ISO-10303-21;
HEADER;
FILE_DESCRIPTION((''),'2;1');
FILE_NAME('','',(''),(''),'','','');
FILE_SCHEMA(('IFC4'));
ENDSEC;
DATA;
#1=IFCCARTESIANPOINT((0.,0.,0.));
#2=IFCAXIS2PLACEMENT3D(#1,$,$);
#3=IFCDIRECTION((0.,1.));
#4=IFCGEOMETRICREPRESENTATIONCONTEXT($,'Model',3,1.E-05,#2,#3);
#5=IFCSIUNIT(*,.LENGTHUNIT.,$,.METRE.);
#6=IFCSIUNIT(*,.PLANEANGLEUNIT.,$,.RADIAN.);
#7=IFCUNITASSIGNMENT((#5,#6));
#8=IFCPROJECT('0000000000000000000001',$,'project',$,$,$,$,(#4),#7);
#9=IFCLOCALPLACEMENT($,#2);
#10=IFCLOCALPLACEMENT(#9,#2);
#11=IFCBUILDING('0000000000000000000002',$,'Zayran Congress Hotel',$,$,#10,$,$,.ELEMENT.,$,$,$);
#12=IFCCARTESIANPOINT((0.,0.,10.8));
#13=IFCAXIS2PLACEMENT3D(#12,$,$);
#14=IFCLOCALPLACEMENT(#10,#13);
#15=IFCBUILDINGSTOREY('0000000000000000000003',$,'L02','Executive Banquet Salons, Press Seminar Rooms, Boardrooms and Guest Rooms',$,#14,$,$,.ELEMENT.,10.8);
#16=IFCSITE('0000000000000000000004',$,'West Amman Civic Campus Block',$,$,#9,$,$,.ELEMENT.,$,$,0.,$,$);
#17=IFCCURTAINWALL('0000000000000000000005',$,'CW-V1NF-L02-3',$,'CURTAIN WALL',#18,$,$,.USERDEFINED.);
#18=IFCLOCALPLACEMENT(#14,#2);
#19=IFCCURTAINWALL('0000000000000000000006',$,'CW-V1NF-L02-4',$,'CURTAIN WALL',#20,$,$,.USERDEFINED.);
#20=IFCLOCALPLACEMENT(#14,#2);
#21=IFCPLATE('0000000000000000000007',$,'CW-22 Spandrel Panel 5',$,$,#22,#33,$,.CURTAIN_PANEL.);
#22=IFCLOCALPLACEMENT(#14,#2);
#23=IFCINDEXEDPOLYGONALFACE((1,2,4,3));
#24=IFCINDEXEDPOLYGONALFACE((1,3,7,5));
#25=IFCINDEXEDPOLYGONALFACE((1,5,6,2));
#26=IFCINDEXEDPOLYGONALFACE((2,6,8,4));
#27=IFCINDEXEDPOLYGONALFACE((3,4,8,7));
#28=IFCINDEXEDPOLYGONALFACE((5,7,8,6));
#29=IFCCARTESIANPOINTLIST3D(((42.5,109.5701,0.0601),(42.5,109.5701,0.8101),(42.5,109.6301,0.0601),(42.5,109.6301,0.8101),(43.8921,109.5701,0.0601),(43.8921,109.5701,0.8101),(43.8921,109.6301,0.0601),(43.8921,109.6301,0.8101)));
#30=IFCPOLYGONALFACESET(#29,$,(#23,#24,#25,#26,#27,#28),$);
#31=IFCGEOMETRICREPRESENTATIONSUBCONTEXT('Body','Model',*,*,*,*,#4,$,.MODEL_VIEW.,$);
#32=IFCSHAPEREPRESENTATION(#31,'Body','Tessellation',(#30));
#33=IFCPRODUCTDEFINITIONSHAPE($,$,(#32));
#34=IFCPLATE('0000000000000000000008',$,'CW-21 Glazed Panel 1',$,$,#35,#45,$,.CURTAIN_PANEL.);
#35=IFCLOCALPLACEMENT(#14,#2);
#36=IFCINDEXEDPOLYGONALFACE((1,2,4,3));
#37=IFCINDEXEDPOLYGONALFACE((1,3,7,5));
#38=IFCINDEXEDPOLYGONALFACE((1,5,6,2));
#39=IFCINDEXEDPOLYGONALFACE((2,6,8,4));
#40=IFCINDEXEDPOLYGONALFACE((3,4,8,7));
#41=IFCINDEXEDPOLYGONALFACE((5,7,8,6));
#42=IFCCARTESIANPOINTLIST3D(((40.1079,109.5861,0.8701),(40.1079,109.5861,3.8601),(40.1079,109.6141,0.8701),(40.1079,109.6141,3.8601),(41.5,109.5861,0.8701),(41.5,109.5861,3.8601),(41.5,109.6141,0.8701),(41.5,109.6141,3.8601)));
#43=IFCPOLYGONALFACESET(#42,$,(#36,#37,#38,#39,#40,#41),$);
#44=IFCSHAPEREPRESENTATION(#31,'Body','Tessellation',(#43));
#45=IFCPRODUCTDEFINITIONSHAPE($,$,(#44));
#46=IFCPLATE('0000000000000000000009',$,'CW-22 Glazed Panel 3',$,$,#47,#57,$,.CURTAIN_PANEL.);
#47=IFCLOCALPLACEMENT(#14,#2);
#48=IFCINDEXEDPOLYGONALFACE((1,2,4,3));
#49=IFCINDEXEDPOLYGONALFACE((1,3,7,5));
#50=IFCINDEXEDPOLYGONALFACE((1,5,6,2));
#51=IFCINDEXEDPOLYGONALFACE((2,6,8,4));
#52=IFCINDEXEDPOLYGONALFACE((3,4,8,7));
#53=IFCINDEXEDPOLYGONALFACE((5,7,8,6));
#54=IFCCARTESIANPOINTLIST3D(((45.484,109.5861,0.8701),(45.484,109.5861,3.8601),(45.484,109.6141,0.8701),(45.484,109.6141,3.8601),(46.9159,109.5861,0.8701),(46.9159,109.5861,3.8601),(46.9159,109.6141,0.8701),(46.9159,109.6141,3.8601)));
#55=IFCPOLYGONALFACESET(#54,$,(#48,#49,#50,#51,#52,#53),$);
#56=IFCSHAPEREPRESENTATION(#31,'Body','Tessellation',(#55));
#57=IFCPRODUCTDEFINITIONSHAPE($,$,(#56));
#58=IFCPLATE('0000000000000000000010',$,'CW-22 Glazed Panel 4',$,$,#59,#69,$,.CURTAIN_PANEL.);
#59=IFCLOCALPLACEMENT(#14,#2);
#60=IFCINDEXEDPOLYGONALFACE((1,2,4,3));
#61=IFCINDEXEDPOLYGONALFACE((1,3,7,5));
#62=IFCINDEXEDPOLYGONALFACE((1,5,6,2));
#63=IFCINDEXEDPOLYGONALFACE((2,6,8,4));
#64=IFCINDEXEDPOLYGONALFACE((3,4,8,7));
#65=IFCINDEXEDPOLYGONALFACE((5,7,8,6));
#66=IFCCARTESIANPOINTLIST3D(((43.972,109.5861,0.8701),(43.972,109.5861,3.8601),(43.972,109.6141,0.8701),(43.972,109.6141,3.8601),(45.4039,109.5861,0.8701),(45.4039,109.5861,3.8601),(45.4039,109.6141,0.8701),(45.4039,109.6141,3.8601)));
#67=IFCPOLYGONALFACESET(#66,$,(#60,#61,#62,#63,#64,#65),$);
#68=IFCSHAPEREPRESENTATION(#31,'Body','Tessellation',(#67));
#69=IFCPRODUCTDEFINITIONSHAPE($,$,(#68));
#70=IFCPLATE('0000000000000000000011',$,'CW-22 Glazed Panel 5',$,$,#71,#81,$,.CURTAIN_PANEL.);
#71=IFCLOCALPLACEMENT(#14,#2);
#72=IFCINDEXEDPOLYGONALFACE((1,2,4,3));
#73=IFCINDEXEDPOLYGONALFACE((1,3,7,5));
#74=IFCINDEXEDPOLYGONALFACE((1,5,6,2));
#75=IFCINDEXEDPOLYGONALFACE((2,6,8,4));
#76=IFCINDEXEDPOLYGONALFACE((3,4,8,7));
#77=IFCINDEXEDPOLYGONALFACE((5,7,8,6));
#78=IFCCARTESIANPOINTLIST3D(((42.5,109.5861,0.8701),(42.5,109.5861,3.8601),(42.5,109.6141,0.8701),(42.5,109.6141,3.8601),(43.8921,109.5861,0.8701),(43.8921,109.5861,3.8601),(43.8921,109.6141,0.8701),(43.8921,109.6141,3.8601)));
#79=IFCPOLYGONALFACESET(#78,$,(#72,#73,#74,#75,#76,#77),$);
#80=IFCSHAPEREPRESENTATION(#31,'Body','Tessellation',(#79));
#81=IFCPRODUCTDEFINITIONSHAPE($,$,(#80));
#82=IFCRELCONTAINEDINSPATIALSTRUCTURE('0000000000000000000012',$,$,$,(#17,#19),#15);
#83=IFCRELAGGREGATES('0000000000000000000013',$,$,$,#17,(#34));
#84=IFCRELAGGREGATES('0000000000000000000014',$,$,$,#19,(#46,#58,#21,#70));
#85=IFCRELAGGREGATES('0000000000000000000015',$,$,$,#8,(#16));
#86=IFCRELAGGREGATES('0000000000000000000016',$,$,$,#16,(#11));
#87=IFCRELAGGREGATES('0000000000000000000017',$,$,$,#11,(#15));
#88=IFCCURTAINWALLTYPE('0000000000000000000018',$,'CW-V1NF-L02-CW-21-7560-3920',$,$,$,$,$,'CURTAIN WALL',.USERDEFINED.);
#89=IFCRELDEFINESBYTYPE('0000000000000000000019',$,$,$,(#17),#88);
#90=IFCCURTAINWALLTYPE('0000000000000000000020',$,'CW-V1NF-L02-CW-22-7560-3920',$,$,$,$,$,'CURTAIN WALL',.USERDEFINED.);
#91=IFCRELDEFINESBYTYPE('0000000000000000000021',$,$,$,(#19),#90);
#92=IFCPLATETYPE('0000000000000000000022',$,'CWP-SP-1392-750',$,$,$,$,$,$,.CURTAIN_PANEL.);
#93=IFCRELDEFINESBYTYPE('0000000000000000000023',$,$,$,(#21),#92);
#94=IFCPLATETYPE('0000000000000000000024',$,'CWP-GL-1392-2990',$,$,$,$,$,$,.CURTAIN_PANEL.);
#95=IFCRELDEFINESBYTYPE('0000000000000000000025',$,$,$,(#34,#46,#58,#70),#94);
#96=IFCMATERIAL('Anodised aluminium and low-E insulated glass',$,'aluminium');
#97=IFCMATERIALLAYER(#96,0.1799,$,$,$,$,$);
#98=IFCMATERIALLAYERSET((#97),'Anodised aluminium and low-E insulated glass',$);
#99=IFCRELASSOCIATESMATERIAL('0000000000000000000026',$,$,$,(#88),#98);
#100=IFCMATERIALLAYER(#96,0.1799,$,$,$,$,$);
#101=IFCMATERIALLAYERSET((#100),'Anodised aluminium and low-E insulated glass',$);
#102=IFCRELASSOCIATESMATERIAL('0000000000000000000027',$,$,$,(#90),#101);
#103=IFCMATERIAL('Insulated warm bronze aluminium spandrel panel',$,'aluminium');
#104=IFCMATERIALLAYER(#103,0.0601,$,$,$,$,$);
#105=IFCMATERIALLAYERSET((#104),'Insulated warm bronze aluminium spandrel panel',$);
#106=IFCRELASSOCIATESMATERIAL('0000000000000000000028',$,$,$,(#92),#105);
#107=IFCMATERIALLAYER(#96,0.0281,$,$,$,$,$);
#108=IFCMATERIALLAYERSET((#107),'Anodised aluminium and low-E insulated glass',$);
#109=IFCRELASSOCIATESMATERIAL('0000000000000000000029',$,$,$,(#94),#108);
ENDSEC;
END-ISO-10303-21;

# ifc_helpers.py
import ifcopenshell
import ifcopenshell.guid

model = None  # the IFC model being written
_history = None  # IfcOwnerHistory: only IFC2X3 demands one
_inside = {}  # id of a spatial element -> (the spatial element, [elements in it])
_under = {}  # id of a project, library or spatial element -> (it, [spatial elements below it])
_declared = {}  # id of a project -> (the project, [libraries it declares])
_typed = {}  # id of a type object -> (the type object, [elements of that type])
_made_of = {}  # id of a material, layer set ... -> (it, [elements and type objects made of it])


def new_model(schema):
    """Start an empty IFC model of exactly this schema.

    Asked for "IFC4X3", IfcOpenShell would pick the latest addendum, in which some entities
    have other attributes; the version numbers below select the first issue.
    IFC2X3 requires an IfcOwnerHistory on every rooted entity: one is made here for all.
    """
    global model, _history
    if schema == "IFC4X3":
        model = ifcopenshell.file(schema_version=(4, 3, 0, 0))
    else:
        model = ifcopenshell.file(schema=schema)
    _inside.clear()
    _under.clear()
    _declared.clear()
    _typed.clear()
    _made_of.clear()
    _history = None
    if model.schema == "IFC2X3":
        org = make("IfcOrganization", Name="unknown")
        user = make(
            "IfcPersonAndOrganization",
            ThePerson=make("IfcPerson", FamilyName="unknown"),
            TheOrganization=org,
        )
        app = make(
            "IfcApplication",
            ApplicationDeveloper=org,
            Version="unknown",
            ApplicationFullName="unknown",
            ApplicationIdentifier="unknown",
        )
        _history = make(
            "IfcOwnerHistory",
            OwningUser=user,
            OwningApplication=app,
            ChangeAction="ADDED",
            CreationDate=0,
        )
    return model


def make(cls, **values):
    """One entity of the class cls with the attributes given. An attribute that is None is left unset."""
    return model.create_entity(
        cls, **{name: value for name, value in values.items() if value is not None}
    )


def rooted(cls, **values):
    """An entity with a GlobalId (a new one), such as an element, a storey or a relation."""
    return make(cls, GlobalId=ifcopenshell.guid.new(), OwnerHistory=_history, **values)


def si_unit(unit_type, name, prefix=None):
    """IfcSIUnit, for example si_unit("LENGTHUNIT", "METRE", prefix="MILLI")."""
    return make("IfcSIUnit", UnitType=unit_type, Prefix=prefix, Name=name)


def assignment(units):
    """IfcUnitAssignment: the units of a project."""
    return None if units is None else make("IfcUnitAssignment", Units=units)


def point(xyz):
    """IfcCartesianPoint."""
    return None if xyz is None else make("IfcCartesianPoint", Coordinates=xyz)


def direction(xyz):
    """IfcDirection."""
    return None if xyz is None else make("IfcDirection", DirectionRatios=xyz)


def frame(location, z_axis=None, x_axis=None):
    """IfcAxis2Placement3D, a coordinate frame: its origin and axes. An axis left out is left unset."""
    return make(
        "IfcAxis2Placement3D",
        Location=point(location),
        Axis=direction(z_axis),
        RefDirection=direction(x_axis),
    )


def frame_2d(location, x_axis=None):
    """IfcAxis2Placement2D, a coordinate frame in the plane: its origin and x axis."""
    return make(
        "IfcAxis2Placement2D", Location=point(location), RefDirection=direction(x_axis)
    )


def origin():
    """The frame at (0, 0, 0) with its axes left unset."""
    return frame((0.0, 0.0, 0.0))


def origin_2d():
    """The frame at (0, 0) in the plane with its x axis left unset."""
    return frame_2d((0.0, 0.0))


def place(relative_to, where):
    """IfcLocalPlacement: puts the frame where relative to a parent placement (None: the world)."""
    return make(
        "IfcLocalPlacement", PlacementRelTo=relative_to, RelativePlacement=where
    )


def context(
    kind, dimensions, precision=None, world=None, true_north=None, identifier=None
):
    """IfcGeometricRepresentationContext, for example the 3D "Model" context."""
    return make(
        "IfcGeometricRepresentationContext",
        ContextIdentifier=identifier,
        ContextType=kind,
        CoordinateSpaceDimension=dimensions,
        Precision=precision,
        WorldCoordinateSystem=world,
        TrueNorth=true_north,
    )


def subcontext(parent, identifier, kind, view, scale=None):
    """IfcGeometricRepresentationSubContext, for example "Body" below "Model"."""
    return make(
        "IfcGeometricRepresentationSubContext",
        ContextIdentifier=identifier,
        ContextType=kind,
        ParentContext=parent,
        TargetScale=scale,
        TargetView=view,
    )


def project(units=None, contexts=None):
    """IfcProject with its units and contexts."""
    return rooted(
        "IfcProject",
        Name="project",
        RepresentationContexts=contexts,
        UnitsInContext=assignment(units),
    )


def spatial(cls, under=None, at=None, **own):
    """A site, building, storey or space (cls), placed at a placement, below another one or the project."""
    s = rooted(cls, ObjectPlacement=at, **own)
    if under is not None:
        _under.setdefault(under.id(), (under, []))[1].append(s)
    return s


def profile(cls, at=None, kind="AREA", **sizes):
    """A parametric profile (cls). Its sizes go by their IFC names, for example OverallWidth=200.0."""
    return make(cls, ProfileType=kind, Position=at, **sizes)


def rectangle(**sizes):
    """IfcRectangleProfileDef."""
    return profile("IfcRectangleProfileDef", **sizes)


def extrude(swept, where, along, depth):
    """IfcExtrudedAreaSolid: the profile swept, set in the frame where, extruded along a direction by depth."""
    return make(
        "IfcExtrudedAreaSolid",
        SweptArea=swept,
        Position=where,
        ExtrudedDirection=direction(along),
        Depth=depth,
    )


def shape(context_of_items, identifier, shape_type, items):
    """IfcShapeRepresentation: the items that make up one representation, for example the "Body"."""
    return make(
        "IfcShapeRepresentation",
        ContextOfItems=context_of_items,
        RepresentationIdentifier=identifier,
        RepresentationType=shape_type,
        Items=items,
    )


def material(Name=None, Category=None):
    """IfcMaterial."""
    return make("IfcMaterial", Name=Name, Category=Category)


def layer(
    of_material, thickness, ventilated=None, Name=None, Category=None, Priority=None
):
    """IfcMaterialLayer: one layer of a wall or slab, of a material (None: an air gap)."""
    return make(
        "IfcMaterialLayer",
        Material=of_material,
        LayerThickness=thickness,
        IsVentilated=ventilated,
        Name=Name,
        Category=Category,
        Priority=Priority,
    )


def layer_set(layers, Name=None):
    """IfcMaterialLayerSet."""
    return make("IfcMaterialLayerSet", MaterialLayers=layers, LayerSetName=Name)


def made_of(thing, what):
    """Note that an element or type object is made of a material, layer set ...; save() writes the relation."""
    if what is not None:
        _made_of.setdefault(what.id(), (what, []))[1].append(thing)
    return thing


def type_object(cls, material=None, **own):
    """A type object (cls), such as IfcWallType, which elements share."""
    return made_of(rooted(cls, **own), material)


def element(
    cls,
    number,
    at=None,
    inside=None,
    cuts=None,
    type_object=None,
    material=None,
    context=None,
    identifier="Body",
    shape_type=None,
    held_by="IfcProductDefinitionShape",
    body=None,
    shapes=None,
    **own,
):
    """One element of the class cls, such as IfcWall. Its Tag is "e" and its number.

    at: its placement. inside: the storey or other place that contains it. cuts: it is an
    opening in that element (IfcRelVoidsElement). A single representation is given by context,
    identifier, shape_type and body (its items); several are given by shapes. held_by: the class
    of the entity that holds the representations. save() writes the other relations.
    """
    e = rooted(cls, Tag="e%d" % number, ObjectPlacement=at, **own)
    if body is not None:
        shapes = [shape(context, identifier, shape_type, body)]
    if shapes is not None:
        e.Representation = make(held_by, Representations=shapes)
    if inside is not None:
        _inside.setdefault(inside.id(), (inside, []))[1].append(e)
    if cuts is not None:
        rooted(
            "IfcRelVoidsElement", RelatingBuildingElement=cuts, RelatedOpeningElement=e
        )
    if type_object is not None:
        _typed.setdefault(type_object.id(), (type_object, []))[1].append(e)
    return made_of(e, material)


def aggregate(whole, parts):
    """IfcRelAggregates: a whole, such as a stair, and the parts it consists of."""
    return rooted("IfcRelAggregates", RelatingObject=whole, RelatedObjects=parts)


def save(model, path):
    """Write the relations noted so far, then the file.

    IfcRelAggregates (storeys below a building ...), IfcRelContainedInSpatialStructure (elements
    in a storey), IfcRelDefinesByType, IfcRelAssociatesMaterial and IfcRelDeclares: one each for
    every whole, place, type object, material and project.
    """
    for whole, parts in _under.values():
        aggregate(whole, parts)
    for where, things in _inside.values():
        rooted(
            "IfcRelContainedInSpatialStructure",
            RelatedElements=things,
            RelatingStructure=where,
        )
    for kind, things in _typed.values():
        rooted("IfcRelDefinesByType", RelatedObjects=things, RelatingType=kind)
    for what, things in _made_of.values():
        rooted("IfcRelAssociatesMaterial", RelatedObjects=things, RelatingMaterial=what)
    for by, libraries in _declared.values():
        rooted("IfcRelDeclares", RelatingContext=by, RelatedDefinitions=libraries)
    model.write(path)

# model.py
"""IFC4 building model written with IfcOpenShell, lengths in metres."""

from ifc_helpers import new_model, si_unit, direction, frame, origin, origin_2d, place, context, subcontext, project, spatial, rectangle, extrude, material, layer, layer_set, type_object, element, aggregate, save


model = new_model("IFC4")

# Units and contexts
model_context = context("Model", 3, precision=1e-05, world=origin(), true_north=direction((0.0, 1.0)))
body_context = subcontext(model_context, "Body", "Model", "MODEL_VIEW")
ifc_project = project(units=[si_unit("LENGTHUNIT", "METRE"), si_unit("PLANEANGLEUNIT", "RADIAN")], contexts=[model_context])

# Site, building, storey
site_placement = place(None, origin())
site = spatial("IfcSite", under=ifc_project, at=site_placement, Name="West Amman Civic Campus Block", CompositionType="ELEMENT", RefElevation=0.0)
building_placement = place(site_placement, origin())
building = spatial("IfcBuilding", under=site, at=building_placement, Name="Zayran Congress Hotel", CompositionType="ELEMENT")
storey_placement = place(building_placement, frame((0.0, 0.0, 10.8)))
storey = spatial("IfcBuildingStorey", under=building, at=storey_placement, Name="L02", Description="Executive Banquet Salons, Press Seminar Rooms, Boardrooms and Guest Rooms", CompositionType="ELEMENT", Elevation=10.8)

# Curtain wall
ifc_material_1 = material(Name="Anodised aluminium and low-E insulated glass", Category="aluminium")
ifc_layer_1 = layer(ifc_material_1, 0.1799)
ifc_layer_set_1 = layer_set([ifc_layer_1], Name="Anodised aluminium and low-E insulated glass")
curtain_wall_type_1 = type_object("IfcCurtainWallType", Name="CW-V1NF-L02-CW-21-7560-3920", ElementType="CURTAIN WALL", PredefinedType="USERDEFINED", material=ifc_layer_set_1)
curtain_wall_1_placement = place(storey_placement, origin())
curtain_wall_1 = element("IfcCurtainWall", 1, at=curtain_wall_1_placement, inside=storey, type_object=curtain_wall_type_1, Name="CW-V1NF-L02-3", ObjectType="CURTAIN WALL", PredefinedType="USERDEFINED")

# Curtain wall
ifc_layer_2 = layer(ifc_material_1, 0.1799)
ifc_layer_set_2 = layer_set([ifc_layer_2], Name="Anodised aluminium and low-E insulated glass")
curtain_wall_type_2 = type_object("IfcCurtainWallType", Name="CW-V1NF-L02-CW-22-7560-3920", ElementType="CURTAIN WALL", PredefinedType="USERDEFINED", material=ifc_layer_set_2)
curtain_wall_2_placement = place(storey_placement, origin())
curtain_wall_2 = element("IfcCurtainWall", 2, at=curtain_wall_2_placement, inside=storey, type_object=curtain_wall_type_2, Name="CW-V1NF-L02-4", ObjectType="CURTAIN WALL", PredefinedType="USERDEFINED")

# Plates
ifc_material_2 = material(Name="Insulated warm bronze aluminium spandrel panel", Category="aluminium")
ifc_layer_3 = layer(ifc_material_2, 0.0601)
ifc_layer_set_3 = layer_set([ifc_layer_3], Name="Insulated warm bronze aluminium spandrel panel")
plate_type_1 = type_object("IfcPlateType", Name="CWP-SP-1392-750", PredefinedType="CURTAIN_PANEL", material=ifc_layer_set_3)
plate_1_placement = place(storey_placement, frame((43.196, 109.6001, 0.0601), z_axis=(0.0, 0.0, 1.0), x_axis=(1.0, 0.0, 0.0)))
plate_1 = element("IfcPlate", 3, at=plate_1_placement, type_object=plate_type_1, Name="CW-22 Spandrel Panel 5", PredefinedType="CURTAIN_PANEL", context=body_context, shape_type="SweptSolid", body=[
    extrude(rectangle(XDim=1.3921, YDim=0.0601, at=origin_2d()), origin(), (0.0, 0.0, 1.0), 0.75),
])
ifc_layer_4 = layer(ifc_material_1, 0.0281)
ifc_layer_set_4 = layer_set([ifc_layer_4], Name="Anodised aluminium and low-E insulated glass")
plate_type_2 = type_object("IfcPlateType", Name="CWP-GL-1392-2990", PredefinedType="CURTAIN_PANEL", material=ifc_layer_set_4)
plate_2_placement = place(storey_placement, frame((40.804, 109.6001, 0.8701), z_axis=(0.0, 0.0, 1.0), x_axis=(1.0, 0.0, 0.0)))
plate_2 = element("IfcPlate", 4, at=plate_2_placement, type_object=plate_type_2, Name="CW-21 Glazed Panel 1", PredefinedType="CURTAIN_PANEL", context=body_context, shape_type="SweptSolid", body=[
    extrude(rectangle(XDim=1.3921, YDim=0.0281, at=origin_2d()), origin(), (0.0, 0.0, 1.0), 2.99),
])
aggregate(curtain_wall_1, [plate_2])
plate_3_placement = place(storey_placement, frame((46.2, 109.6001, 0.8701), z_axis=(0.0, 0.0, 1.0), x_axis=(1.0, 0.0, 0.0)))
plate_3 = element("IfcPlate", 5, at=plate_3_placement, type_object=plate_type_2, Name="CW-22 Glazed Panel 3", PredefinedType="CURTAIN_PANEL", context=body_context, shape_type="SweptSolid", body=[
    extrude(rectangle(XDim=1.4319, YDim=0.0281, at=origin_2d()), origin(), (0.0, 0.0, 1.0), 2.99),
])
plate_4_placement = place(storey_placement, frame((44.688, 109.6001, 0.8701), z_axis=(0.0, 0.0, 1.0), x_axis=(1.0, 0.0, 0.0)))
plate_4 = element("IfcPlate", 6, at=plate_4_placement, type_object=plate_type_2, Name="CW-22 Glazed Panel 4", PredefinedType="CURTAIN_PANEL", context=body_context, shape_type="SweptSolid", body=[
    extrude(rectangle(XDim=1.4319, YDim=0.0281, at=origin_2d()), origin(), (0.0, 0.0, 1.0), 2.99),
])
plate_5_placement = place(storey_placement, frame((43.196, 109.6001, 0.8701), z_axis=(0.0, 0.0, 1.0), x_axis=(1.0, 0.0, 0.0)))
plate_5 = element("IfcPlate", 7, at=plate_5_placement, type_object=plate_type_2, Name="CW-22 Glazed Panel 5", PredefinedType="CURTAIN_PANEL", context=body_context, shape_type="SweptSolid", body=[
    extrude(rectangle(XDim=1.3921, YDim=0.0281, at=origin_2d()), origin(), (0.0, 0.0, 1.0), 2.99),
])
aggregate(curtain_wall_2, [plate_3, plate_4, plate_1, plate_5])

save(model, "model.ifc")
